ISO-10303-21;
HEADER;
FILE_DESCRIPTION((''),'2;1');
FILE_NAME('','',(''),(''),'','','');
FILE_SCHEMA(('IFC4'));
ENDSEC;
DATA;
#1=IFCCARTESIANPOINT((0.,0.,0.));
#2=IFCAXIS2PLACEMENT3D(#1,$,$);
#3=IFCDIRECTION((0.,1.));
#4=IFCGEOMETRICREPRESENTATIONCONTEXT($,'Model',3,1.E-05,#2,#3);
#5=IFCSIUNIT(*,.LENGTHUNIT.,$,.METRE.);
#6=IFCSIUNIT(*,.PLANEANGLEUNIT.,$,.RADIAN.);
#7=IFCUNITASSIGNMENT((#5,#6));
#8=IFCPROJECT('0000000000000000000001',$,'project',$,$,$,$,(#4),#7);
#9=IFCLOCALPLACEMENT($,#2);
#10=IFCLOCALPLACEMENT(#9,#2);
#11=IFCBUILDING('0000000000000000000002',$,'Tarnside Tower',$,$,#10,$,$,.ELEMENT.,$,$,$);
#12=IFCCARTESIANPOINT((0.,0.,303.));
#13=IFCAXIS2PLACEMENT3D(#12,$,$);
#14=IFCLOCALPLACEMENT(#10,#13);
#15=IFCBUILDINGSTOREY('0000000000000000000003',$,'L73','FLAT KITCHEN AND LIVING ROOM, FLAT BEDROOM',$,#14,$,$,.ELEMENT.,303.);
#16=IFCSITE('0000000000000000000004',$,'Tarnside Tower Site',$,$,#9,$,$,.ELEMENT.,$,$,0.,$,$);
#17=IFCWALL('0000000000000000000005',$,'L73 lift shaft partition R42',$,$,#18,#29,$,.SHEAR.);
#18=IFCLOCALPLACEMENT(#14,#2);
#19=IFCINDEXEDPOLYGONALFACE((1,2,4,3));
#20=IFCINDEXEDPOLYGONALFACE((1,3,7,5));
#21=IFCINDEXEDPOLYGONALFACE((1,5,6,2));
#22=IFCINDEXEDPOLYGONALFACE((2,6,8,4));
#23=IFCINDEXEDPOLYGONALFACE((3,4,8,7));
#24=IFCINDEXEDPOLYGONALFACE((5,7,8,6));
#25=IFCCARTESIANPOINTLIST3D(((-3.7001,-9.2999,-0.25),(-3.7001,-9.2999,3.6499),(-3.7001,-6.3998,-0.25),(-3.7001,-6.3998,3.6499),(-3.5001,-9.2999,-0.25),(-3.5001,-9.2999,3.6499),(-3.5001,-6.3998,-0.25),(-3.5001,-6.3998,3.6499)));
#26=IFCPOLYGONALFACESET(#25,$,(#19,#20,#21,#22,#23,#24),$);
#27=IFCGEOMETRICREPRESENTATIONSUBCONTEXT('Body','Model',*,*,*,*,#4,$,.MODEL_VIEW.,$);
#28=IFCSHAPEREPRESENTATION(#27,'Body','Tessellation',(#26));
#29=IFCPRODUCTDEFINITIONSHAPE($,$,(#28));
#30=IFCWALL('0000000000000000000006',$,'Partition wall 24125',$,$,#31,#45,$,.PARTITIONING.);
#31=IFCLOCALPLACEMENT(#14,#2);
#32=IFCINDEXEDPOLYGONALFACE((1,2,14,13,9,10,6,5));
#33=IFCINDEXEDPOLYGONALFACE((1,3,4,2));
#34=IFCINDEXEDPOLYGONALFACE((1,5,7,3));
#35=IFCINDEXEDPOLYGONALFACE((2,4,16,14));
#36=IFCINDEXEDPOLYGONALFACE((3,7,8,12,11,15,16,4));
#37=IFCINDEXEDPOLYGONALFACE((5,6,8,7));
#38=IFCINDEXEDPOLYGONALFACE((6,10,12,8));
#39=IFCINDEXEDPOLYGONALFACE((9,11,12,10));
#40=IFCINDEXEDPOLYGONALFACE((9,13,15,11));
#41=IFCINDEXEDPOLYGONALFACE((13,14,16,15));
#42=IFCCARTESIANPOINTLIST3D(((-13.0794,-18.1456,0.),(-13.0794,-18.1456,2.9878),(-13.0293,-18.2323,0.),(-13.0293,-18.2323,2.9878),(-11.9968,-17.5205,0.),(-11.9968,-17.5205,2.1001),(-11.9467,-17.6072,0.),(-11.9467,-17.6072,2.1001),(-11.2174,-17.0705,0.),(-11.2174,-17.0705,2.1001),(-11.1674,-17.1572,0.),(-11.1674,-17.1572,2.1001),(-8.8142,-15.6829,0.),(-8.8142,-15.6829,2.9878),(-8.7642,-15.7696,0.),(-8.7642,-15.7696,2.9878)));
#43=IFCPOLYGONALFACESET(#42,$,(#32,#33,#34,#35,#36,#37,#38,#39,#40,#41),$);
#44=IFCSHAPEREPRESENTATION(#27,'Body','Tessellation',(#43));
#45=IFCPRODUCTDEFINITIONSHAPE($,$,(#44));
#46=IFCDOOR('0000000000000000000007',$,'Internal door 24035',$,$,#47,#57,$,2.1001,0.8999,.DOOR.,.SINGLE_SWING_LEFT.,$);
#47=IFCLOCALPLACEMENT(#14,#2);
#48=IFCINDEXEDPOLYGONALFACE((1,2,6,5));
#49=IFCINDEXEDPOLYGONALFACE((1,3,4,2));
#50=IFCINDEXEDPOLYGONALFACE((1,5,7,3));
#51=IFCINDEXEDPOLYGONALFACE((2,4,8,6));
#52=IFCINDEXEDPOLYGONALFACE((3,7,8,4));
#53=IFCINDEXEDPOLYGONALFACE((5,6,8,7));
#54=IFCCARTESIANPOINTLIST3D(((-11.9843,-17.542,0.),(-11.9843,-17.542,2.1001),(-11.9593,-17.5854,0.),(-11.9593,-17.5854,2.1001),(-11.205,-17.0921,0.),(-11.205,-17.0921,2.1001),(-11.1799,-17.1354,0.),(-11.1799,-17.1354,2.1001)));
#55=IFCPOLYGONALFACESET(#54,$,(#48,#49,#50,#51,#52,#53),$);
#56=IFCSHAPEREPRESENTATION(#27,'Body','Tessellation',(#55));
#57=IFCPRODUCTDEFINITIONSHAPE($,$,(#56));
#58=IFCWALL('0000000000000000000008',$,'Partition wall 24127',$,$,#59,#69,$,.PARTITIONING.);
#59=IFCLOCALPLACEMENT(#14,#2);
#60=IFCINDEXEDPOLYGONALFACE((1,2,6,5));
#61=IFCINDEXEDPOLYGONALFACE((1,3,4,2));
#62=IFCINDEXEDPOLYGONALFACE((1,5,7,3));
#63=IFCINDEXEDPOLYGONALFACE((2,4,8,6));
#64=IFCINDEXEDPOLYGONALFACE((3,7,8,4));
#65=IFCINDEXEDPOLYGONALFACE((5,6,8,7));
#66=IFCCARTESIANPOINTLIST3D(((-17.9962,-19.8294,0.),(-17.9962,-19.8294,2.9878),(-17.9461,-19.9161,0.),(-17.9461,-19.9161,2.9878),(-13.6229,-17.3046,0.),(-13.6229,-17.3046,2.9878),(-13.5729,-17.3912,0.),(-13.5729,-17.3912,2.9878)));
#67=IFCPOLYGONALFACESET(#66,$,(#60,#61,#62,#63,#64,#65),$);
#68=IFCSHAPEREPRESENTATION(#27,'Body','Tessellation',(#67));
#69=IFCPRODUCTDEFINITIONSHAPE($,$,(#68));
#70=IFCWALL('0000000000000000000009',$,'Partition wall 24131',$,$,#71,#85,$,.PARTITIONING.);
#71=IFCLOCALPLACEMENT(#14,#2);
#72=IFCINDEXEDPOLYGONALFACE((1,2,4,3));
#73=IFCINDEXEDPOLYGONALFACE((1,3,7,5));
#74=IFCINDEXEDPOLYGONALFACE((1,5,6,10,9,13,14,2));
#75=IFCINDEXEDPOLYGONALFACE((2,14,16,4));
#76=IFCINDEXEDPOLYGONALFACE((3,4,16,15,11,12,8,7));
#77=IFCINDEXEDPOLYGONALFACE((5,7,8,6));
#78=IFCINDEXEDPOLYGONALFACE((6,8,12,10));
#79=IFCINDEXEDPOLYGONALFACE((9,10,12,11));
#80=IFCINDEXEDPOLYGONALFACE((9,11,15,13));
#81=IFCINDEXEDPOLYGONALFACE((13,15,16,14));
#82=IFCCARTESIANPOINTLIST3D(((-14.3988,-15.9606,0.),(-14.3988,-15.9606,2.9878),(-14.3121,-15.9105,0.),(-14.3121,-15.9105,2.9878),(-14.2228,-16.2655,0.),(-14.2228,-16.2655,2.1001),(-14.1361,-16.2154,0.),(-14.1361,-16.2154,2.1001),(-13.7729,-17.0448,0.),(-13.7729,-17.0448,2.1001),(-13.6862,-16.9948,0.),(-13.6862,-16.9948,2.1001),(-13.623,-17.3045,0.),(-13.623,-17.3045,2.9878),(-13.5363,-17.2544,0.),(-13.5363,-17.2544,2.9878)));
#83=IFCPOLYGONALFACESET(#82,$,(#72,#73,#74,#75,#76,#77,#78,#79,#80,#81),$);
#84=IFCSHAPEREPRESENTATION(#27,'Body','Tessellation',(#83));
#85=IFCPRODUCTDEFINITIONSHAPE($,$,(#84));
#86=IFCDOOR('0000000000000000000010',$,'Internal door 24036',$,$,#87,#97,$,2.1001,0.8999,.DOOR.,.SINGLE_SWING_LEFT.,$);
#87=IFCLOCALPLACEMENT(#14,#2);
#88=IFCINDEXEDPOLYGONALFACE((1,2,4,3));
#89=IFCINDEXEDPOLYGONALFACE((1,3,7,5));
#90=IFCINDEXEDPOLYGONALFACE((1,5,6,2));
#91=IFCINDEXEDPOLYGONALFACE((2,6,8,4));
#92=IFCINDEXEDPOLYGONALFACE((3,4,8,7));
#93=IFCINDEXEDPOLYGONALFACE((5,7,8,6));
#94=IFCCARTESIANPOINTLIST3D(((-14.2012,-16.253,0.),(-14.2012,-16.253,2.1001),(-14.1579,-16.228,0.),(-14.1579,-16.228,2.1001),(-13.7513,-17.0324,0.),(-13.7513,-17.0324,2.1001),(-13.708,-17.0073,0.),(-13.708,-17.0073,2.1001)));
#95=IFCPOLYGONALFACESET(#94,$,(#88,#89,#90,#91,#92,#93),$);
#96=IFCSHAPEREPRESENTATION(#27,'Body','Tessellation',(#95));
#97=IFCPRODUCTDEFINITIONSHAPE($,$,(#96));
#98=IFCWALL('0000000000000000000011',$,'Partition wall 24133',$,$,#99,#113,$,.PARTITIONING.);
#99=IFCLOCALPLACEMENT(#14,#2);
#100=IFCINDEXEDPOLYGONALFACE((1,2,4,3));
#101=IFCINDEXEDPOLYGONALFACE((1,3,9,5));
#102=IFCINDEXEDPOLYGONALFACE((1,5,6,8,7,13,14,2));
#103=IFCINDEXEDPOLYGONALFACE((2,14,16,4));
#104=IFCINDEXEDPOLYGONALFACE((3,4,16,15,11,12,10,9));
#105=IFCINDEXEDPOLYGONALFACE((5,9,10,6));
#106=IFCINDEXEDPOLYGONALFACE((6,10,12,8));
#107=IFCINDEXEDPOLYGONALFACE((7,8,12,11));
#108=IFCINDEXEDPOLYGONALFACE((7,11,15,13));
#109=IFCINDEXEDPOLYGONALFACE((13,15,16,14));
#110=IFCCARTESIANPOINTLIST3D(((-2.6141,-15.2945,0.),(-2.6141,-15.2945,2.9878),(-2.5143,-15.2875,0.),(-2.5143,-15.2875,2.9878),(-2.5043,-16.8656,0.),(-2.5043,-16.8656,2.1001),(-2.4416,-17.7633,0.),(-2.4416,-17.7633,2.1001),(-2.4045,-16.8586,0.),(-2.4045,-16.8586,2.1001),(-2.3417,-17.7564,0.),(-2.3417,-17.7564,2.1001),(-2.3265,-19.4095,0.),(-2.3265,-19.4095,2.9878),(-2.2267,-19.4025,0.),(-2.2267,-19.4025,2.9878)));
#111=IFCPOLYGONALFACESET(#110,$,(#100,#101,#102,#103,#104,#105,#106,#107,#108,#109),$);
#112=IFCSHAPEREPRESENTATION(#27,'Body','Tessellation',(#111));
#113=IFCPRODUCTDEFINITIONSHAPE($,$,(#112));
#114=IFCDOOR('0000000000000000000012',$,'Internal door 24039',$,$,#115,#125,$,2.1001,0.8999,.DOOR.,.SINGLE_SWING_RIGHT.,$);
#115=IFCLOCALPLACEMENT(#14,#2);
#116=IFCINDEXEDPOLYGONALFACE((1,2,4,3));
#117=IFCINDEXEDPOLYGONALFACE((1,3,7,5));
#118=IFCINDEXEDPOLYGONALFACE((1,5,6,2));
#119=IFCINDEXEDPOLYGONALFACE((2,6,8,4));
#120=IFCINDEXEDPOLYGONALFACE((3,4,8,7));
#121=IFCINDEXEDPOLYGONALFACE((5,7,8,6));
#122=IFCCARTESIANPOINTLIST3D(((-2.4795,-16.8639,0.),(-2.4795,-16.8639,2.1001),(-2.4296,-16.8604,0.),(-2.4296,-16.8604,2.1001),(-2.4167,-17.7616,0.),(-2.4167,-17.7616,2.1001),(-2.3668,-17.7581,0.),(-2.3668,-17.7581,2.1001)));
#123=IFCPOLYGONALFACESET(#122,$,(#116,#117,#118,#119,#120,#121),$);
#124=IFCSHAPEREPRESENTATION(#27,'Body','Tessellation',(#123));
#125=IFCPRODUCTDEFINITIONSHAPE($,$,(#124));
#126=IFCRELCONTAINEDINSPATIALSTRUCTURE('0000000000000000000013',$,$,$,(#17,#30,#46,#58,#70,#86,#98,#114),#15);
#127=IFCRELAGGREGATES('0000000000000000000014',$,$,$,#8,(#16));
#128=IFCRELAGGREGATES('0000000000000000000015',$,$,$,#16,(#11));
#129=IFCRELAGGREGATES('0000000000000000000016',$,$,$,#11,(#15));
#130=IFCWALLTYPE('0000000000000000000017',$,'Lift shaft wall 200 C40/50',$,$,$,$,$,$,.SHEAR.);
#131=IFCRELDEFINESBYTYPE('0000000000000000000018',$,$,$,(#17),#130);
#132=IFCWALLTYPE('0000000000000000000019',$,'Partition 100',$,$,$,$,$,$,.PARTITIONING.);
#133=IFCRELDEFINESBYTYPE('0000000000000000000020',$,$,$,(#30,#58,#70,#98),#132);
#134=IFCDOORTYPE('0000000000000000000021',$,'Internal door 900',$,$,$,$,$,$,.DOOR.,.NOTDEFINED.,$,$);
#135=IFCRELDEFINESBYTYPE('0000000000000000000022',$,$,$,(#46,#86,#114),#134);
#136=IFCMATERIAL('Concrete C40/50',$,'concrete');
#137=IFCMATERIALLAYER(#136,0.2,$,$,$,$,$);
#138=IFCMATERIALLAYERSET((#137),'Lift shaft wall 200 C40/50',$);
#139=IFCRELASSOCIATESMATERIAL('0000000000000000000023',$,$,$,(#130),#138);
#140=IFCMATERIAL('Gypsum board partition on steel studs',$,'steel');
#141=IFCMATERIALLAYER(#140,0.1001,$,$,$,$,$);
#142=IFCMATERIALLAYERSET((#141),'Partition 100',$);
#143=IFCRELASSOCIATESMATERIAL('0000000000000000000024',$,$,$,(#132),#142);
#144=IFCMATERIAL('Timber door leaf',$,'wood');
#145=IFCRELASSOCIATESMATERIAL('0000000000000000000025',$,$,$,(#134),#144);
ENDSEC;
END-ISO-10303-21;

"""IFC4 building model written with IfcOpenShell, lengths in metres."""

from ifc_helpers import new_model, si_unit, direction, frame, frame_2d, origin, place, context, subcontext, project, spatial, rectangle, extrude, material, layer, layer_set, type_object, element, fill, save


model = new_model("IFC4")

# Units and contexts
model_context = context("Model", 3, precision=1e-05, world=origin(), true_north=direction((0.0, 1.0)))
body_context = subcontext(model_context, "Body", "Model", "MODEL_VIEW")
ifc_project = project(units=[si_unit("LENGTHUNIT", "METRE"), si_unit("PLANEANGLEUNIT", "RADIAN")], contexts=[model_context])

# Site, building, storey
site_placement = place(None, origin())
site = spatial("IfcSite", under=ifc_project, at=site_placement, Name="Tarnside Tower Site", CompositionType="ELEMENT", RefElevation=0.0)
building_placement = place(site_placement, origin())
building = spatial("IfcBuilding", under=site, at=building_placement, Name="Tarnside Tower", CompositionType="ELEMENT")
storey_placement = place(building_placement, frame((0.0, 0.0, 303.0)))
storey = spatial("IfcBuildingStorey", under=building, at=storey_placement, Name="L73", Description="FLAT KITCHEN AND LIVING ROOM, FLAT BEDROOM", CompositionType="ELEMENT", Elevation=303.0)

# Shared definitions
ifc_material_1 = material(Name="Gypsum board partition on steel studs", Category="steel")
ifc_material_2 = material(Name="Timber door leaf", Category="wood")

# Wall
ifc_material_3 = material(Name="Concrete C40/50", Category="concrete")
ifc_layer_1 = layer(ifc_material_3, 0.2)
ifc_layer_set_1 = layer_set([ifc_layer_1], Name="Lift shaft wall 200 C40/50")
wall_type_1 = type_object("IfcWallType", Name="Lift shaft wall 200 C40/50", PredefinedType="SHEAR", material=ifc_layer_set_1)
for number, where, z_axis, x_axis, name in (
    (1, (-3.6001, -9.3, -0.25), (0.0, 0.0, 1.0), (0.0, 1.0, 0.0), "L73 lift shaft partition R42"),
):
    element("IfcWall", number, at=place(storey_placement, frame(where, z_axis=z_axis, x_axis=x_axis)), inside=storey, type_object=wall_type_1, Name=name, PredefinedType="SHEAR", context=body_context, shape_type="SweptSolid", body=[
        extrude(rectangle(XDim=2.9001, YDim=0.2, at=frame_2d((1.4502, 0.0))), origin(), (0.0, 0.0, 1.0), 3.8999),
    ])

# Wall, opening, door
ifc_layer_2 = layer(ifc_material_1, 0.1001)
ifc_layer_set_2 = layer_set([ifc_layer_2], Name="Partition 100")
wall_type_2 = type_object("IfcWallType", Name="Partition 100", PredefinedType="PARTITIONING", material=ifc_layer_set_2)
wall_1_placement = place(storey_placement, frame((-8.7893, -15.7263, 0.0), z_axis=(0.0, 0.0, 1.0), x_axis=(-0.866011, -0.500026, 0.0)))
wall_1 = element("IfcWall", 2, at=wall_1_placement, inside=storey, type_object=wall_type_2, Name="Partition wall 24125", PredefinedType="PARTITIONING", context=body_context, shape_type="SweptSolid", body=[
    extrude(rectangle(XDim=4.925, YDim=0.1001, at=frame_2d((2.4624, 0.0))), origin(), (0.0, 0.0, 1.0), 2.9878),
])
opening_1_placement = place(wall_1_placement, frame((2.7749, 0.0, 0.0)))
opening_1 = element("IfcOpeningElement", 3, at=opening_1_placement, cuts=wall_1, PredefinedType="OPENING", context=body_context, shape_type="SweptSolid", body=[
    extrude(rectangle(XDim=0.8999, YDim=2.1001, at=frame_2d((0.45, 1.05))), frame((0.0, 0.0601, 0.0), z_axis=(0.0, -1.0, 0.0), x_axis=(1.0, 0.0, 0.0)), (0.0, 0.0, 1.0), 0.1201),
])
door_type_1 = type_object("IfcDoorType", Name="Internal door 900", OperationType="NOTDEFINED", PredefinedType="DOOR", material=ifc_material_2)
door_1_placement = place(opening_1_placement, origin())
door_1 = element("IfcDoor", 4, at=door_1_placement, inside=storey, type_object=door_type_1, Name="Internal door 24035", OperationType="SINGLE_SWING_LEFT", OverallHeight=2.1001, OverallWidth=0.8999, PredefinedType="DOOR", context=body_context, shape_type="SweptSolid", body=[
    extrude(rectangle(XDim=0.8999, YDim=2.1001, at=frame_2d((0.45, 1.05))), frame((0.0, 0.0249, 0.0), z_axis=(0.0, -1.0, 0.0), x_axis=(1.0, 0.0, 0.0)), (0.0, 0.0, 1.0), 0.05),
])
fill(opening_1, door_1)

# Wall
wall_2_placement = place(storey_placement, frame((-13.5979, -17.3479, 0.0), z_axis=(0.0, 0.0, 1.0), x_axis=(-0.866027, -0.499997, 0.0)))
element("IfcWall", 5, at=wall_2_placement, inside=storey, type_object=wall_type_2, Name="Partition wall 24127", PredefinedType="PARTITIONING", context=body_context, shape_type="SweptSolid", body=[
    extrude(rectangle(XDim=5.0498, YDim=0.1001, at=frame_2d((2.5249, 0.0))), origin(), (0.0, 0.0, 1.0), 2.9878),
])

# Walls, openings, doors
wall_3_placement = place(storey_placement, frame((-14.3555, -15.9355, 0.0), z_axis=(0.0, 0.0, 1.0), x_axis=(0.499963, -0.866047, 0.0)))
wall_3 = element("IfcWall", 6, at=wall_3_placement, inside=storey, type_object=wall_type_2, Name="Partition wall 24131", PredefinedType="PARTITIONING", context=body_context, shape_type="SweptSolid", body=[
    extrude(rectangle(XDim=1.5518, YDim=0.1001, at=frame_2d((0.7759, 0.0))), origin(), (0.0, 0.0, 1.0), 2.9878),
])
opening_2_placement = place(wall_3_placement, frame((0.3521, 0.0, 0.0)))
opening_2 = element("IfcOpeningElement", 7, at=opening_2_placement, cuts=wall_3, PredefinedType="OPENING", context=body_context, shape_type="SweptSolid", body=[
    extrude(rectangle(XDim=0.8999, YDim=2.1001, at=frame_2d((0.45, 1.05))), frame((0.0, 0.0601, 0.0), z_axis=(0.0, -1.0, 0.0), x_axis=(1.0, 0.0, 0.0)), (0.0, 0.0, 1.0), 0.1201),
])
door_2_placement = place(opening_2_placement, origin())
door_2 = element("IfcDoor", 8, at=door_2_placement, inside=storey, type_object=door_type_1, Name="Internal door 24036", OperationType="SINGLE_SWING_LEFT", OverallHeight=2.1001, OverallWidth=0.8999, PredefinedType="DOOR", context=body_context, shape_type="SweptSolid", body=[
    extrude(rectangle(XDim=0.8999, YDim=2.1001, at=frame_2d((0.45, 1.05))), frame((0.0, 0.0249, 0.0), z_axis=(0.0, -1.0, 0.0), x_axis=(1.0, 0.0, 0.0)), (0.0, 0.0, 1.0), 0.05),
])
fill(opening_2, door_2)
wall_4_placement = place(storey_placement, frame((-2.5642, -15.291, 0.0), z_axis=(0.0, 0.0, 1.0), x_axis=(0.06972, -0.997567, 0.0)))
wall_4 = element("IfcWall", 9, at=wall_4_placement, inside=storey, type_object=wall_type_2, Name="Partition wall 24133", PredefinedType="PARTITIONING", context=body_context, shape_type="SweptSolid", body=[
    extrude(rectangle(XDim=4.125, YDim=0.1001, at=frame_2d((2.0625, 0.0))), origin(), (0.0, 0.0, 1.0), 2.9878),
])
opening_3_placement = place(wall_4_placement, frame((1.575, 0.0, 0.0)))
opening_3 = element("IfcOpeningElement", 10, at=opening_3_placement, cuts=wall_4, PredefinedType="OPENING", context=body_context, shape_type="SweptSolid", body=[
    extrude(rectangle(XDim=0.8999, YDim=2.1001, at=frame_2d((0.45, 1.05))), frame((0.0, 0.0601, 0.0), z_axis=(0.0, -1.0, 0.0), x_axis=(1.0, 0.0, 0.0)), (0.0, 0.0, 1.0), 0.1201),
])
door_3_placement = place(opening_3_placement, origin())
door_3 = element("IfcDoor", 11, at=door_3_placement, inside=storey, type_object=door_type_1, Name="Internal door 24039", OperationType="SINGLE_SWING_RIGHT", OverallHeight=2.1001, OverallWidth=0.8999, PredefinedType="DOOR", context=body_context, shape_type="SweptSolid", body=[
    extrude(rectangle(XDim=0.8999, YDim=2.1001, at=frame_2d((0.45, 1.05))), frame((0.0, 0.0249, 0.0), z_axis=(0.0, -1.0, 0.0), x_axis=(1.0, 0.0, 0.0)), (0.0, 0.0, 1.0), 0.05),
])
fill(opening_3, door_3)

save(model, "model.ifc")
